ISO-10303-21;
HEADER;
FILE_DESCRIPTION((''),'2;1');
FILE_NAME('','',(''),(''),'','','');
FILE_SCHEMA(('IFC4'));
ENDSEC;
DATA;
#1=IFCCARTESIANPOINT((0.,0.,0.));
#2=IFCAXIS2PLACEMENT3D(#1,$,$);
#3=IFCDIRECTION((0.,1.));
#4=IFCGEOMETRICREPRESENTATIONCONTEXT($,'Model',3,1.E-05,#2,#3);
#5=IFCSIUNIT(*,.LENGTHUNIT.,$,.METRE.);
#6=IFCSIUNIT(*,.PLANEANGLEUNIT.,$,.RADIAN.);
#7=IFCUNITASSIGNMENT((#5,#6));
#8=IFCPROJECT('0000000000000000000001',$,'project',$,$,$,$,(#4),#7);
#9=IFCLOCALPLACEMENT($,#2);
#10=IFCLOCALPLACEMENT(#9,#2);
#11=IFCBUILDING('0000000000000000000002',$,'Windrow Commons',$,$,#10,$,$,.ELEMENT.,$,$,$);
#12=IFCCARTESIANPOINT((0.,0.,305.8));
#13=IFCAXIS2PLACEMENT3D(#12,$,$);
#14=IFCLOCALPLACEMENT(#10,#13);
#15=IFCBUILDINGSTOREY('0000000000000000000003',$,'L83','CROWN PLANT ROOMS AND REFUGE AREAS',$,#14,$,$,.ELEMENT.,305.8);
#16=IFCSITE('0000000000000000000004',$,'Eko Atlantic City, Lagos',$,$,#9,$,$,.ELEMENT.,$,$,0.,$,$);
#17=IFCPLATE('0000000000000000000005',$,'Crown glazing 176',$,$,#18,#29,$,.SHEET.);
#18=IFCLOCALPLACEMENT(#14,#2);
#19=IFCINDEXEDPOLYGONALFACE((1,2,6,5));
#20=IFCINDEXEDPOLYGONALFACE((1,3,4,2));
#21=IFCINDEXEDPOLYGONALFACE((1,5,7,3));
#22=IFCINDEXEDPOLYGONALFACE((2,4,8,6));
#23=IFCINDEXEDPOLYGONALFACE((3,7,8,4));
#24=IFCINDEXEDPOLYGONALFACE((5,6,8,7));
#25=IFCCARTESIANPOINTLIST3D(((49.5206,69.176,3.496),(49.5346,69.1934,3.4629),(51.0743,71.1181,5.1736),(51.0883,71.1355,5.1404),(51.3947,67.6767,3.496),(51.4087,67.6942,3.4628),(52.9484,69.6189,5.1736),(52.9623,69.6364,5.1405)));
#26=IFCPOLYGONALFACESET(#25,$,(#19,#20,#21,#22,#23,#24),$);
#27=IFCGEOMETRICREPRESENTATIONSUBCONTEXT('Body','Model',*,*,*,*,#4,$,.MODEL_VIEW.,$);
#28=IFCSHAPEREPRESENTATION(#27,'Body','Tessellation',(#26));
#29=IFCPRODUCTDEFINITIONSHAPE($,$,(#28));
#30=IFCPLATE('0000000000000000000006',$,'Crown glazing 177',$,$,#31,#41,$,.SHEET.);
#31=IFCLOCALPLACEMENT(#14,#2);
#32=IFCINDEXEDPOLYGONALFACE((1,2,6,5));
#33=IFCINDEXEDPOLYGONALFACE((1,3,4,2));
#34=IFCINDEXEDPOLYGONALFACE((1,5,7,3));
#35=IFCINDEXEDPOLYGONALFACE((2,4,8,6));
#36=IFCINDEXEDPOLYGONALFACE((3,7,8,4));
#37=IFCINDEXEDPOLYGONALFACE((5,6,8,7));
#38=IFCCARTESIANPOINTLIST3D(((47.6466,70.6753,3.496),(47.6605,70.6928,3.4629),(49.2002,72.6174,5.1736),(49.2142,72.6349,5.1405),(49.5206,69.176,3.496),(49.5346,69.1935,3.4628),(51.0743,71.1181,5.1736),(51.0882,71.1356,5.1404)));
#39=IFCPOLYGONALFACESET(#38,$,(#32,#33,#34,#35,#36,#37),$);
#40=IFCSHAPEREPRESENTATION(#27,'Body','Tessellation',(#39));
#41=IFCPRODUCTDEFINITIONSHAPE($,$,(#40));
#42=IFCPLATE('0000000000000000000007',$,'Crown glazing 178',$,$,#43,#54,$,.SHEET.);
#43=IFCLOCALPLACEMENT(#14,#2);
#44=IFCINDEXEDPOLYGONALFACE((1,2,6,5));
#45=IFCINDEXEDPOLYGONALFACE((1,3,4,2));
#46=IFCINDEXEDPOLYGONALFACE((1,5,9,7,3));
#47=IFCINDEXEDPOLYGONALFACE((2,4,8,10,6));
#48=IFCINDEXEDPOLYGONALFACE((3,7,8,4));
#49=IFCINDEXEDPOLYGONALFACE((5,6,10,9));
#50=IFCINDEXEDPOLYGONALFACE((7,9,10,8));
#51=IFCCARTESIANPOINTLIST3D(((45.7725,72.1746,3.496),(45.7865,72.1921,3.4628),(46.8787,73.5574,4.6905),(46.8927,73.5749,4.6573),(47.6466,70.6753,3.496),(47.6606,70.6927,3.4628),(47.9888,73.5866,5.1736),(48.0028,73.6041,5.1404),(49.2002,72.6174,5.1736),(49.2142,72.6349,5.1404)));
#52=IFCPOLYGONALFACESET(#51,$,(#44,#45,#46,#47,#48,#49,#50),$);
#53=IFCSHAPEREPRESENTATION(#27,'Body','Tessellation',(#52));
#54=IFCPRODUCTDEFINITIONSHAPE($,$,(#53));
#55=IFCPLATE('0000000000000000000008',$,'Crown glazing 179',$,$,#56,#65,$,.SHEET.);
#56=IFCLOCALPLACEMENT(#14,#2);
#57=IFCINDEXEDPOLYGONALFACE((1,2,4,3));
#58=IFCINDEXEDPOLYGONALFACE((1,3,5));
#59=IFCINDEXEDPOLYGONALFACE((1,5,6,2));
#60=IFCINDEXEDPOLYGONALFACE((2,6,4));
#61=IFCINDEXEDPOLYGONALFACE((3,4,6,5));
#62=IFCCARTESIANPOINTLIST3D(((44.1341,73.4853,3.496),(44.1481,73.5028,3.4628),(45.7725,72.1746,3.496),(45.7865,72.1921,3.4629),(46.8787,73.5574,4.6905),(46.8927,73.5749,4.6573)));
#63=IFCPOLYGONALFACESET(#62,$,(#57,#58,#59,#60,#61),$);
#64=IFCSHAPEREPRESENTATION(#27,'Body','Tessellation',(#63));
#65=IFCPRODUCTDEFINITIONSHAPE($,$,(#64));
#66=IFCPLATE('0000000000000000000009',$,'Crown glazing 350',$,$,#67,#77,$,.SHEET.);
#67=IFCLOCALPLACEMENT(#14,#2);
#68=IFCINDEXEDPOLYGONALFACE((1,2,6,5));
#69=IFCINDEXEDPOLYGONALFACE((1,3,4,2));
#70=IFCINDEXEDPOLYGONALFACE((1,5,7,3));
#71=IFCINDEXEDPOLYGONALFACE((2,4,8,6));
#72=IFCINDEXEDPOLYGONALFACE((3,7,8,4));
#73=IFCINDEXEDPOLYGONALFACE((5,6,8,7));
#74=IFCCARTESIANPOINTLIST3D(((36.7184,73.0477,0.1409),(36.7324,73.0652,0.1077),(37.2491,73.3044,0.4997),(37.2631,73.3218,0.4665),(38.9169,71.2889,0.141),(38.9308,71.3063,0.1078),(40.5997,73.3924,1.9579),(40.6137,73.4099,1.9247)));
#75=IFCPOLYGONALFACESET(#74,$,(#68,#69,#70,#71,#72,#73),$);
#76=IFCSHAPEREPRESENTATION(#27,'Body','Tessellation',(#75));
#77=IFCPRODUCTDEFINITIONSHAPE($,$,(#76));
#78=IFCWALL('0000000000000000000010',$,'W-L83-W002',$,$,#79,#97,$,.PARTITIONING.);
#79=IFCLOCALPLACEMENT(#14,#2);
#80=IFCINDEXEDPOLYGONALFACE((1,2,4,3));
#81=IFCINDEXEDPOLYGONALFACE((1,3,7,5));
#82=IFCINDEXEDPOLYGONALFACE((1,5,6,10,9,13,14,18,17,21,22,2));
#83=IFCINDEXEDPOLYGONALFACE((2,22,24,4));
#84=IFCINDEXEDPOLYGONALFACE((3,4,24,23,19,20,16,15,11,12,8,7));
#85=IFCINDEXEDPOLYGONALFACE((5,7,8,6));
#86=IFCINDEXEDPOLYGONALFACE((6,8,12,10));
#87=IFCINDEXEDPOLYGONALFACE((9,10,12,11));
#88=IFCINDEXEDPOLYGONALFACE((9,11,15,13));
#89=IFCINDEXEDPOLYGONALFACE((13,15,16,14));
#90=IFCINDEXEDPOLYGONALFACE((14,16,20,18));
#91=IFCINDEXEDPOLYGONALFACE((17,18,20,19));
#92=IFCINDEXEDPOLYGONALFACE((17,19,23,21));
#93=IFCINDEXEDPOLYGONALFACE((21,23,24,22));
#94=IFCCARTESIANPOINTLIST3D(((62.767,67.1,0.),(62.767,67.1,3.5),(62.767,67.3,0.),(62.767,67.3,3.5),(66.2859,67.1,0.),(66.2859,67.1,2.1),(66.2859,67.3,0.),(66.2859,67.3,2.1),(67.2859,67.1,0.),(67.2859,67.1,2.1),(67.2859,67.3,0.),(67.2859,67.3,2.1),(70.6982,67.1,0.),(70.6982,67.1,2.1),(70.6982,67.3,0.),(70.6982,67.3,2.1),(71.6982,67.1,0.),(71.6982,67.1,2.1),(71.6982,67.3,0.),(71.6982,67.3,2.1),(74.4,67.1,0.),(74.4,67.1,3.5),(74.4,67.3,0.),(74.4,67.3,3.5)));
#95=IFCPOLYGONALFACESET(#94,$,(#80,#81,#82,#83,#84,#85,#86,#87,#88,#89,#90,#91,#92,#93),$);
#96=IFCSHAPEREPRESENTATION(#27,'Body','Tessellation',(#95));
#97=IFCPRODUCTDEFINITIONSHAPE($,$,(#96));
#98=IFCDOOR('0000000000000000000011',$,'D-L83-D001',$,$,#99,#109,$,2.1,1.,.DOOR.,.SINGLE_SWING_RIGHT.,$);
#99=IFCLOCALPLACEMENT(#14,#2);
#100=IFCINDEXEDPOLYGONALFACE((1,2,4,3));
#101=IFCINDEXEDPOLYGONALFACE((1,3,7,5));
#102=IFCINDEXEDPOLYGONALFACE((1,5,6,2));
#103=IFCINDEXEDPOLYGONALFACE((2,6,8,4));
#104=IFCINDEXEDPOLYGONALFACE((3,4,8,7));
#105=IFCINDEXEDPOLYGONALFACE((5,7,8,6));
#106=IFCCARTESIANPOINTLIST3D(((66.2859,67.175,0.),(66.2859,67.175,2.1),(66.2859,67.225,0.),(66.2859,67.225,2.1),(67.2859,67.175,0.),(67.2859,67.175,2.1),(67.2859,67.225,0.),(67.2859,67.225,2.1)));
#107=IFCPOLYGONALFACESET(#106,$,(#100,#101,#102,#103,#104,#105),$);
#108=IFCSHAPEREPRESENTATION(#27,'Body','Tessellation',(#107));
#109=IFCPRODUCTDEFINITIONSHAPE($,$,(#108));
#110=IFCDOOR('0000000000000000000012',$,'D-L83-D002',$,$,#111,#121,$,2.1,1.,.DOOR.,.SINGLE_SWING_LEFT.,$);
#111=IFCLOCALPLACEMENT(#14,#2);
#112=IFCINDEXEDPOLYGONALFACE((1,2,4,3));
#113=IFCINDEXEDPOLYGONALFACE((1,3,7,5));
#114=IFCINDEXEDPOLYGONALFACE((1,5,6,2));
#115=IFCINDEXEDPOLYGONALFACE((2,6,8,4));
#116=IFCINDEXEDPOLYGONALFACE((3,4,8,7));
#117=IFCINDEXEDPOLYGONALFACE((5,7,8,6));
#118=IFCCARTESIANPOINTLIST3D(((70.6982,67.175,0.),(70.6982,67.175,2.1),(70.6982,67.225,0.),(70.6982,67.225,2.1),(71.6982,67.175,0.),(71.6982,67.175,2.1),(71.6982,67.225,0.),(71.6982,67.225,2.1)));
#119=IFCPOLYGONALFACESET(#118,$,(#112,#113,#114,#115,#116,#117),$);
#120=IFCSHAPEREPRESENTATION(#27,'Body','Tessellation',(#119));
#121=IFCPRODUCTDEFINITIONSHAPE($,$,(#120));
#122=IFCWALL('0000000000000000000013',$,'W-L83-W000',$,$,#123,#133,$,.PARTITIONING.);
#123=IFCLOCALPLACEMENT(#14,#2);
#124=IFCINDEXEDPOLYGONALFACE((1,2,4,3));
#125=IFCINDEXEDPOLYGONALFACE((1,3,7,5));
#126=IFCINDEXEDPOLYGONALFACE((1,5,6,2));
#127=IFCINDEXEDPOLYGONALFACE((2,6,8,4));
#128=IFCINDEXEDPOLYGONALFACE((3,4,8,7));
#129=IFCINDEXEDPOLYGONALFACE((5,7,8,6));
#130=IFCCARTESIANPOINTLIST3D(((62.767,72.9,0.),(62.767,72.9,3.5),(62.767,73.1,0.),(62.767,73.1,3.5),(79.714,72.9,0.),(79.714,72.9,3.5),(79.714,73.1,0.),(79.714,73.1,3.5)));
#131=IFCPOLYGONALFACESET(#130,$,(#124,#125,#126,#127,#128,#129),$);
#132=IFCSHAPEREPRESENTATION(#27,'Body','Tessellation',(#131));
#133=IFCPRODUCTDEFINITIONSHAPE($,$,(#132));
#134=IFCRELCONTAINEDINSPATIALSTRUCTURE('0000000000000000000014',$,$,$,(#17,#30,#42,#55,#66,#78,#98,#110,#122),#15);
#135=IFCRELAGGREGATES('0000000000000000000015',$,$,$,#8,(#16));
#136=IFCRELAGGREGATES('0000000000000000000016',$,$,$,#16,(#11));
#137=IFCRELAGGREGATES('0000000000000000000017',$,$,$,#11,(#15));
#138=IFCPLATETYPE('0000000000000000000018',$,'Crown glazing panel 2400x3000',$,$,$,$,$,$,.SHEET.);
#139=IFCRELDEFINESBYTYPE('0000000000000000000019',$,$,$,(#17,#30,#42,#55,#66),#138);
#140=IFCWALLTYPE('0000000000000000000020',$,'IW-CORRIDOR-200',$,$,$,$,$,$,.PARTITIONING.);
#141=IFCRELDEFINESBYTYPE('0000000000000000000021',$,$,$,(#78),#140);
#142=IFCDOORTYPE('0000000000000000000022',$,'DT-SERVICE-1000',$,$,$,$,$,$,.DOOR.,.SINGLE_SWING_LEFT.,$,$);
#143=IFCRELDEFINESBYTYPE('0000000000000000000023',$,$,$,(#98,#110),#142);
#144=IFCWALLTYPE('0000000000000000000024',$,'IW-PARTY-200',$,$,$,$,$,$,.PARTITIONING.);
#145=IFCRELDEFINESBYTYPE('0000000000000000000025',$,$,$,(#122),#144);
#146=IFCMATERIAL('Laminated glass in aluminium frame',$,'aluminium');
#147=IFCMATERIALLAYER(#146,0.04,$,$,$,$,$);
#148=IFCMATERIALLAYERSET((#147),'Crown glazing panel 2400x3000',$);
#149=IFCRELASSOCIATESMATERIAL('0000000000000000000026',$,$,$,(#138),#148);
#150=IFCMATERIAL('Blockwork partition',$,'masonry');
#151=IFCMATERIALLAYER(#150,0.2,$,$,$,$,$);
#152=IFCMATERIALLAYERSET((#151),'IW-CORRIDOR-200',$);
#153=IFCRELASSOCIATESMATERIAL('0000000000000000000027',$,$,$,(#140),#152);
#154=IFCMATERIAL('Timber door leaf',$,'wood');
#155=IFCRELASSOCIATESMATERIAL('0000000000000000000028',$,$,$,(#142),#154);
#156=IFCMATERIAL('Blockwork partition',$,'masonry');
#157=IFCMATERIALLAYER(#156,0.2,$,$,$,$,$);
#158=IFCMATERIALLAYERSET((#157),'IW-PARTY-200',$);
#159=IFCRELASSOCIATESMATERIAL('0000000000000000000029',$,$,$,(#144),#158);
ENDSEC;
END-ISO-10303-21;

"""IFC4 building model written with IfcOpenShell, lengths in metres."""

from ifc_helpers import new_model, si_unit, direction, frame, frame_2d, origin, place, context, subcontext, project, spatial, polyline, rectangle, outline, extrude, material, layer, layer_set, type_object, element, fill, save


model = new_model("IFC4")

# Units and contexts
model_context = context("Model", 3, precision=1e-05, world=origin(), true_north=direction((0.0, 1.0)))
body_context = subcontext(model_context, "Body", "Model", "MODEL_VIEW")
ifc_project = project(units=[si_unit("LENGTHUNIT", "METRE"), si_unit("PLANEANGLEUNIT", "RADIAN")], contexts=[model_context])

# Site, building, storey
site_placement = place(None, origin())
site = spatial("IfcSite", under=ifc_project, at=site_placement, Name="Eko Atlantic City, Lagos", CompositionType="ELEMENT", RefElevation=0.0)
building_placement = place(site_placement, origin())
building = spatial("IfcBuilding", under=site, at=building_placement, Name="Windrow Commons", CompositionType="ELEMENT")
storey_placement = place(building_placement, frame((0.0, 0.0, 305.8)))
storey = spatial("IfcBuildingStorey", under=building, at=storey_placement, Name="L83", Description="CROWN PLANT ROOMS AND REFUGE AREAS", CompositionType="ELEMENT", Elevation=305.8)

# Plates
ifc_material_1 = material(Name="Laminated glass in aluminium frame", Category="aluminium")
ifc_layer_1 = layer(ifc_material_1, 0.04)
ifc_layer_set_1 = layer_set([ifc_layer_1], Name="Crown glazing panel 2400x3000")
plate_type = type_object("IfcPlateType", Name="Crown glazing panel 2400x3000", PredefinedType="SHEET", material=ifc_layer_set_1)
plate_1_placement = place(storey_placement, frame((51.3947, 67.6767, 3.496), z_axis=(-0.34932, -0.436659, 0.829038), x_axis=(-0.780868, 0.624696, 0.000008)))
element("IfcPlate", 1, at=plate_1_placement, inside=storey, type_object=plate_type, Name="Crown glazing 176", PredefinedType="SHEET", context=body_context, shape_type="SweptSolid", body=[
    extrude(outline(polyline([(0.0, 0.0), (2.4, 0.0), (2.4, -3.0), (0.0001, -3.0001), (0.0, 0.0)])), origin(), (0.0, 0.0, -1.0), 0.04),
])
plate_2_placement = place(storey_placement, frame((49.5206, 69.176, 3.496), z_axis=(-0.349339, -0.436657, 0.829031), x_axis=(-0.780851, 0.624717, 0.000006)))
element("IfcPlate", 2, at=plate_2_placement, inside=storey, type_object=plate_type, Name="Crown glazing 177", PredefinedType="SHEET", context=body_context, shape_type="SweptSolid", body=[
    extrude(outline(polyline([(0.0, 0.0), (2.4, 0.0), (2.4001, -3.0), (0.0001, -3.0), (0.0, 0.0)])), origin(), (0.0, 0.0, -1.0), 0.04),
])
plate_3_placement = place(storey_placement, frame((47.9888, 73.5866, 5.1736), z_axis=(-0.349333, -0.436664, 0.82903), x_axis=(0.780851, -0.624717, -0.000017)))
element("IfcPlate", 3, at=plate_3_placement, inside=storey, type_object=plate_type, Name="Crown glazing 178", PredefinedType="SHEET", context=body_context, shape_type="SweptSolid", body=[
    extrude(outline(polyline([(0.0, 0.0), (1.5514, 0.0), (1.5516, -3.0), (-0.8485, -3.0), (-0.8486, -0.864), (0.0, 0.0)])), origin(), (0.0, 0.0, -1.0), 0.04),
])
plate_4_placement = place(storey_placement, frame((46.8787, 73.5574, 4.6905), z_axis=(-0.349335, -0.436675, 0.829024), x_axis=(-0.517875, -0.647368, -0.559214)))
element("IfcPlate", 4, at=plate_4_placement, inside=storey, type_object=plate_type, Name="Crown glazing 179", PredefinedType="SHEET", context=body_context, shape_type="SweptSolid", body=[
    extrude(outline(polyline([(0.0, 0.0), (2.136, 0.0), (2.136, -2.0982), (0.0, 0.0)])), origin(), (0.0, 0.0, -1.0), 0.04),
])
plate_5_placement = place(storey_placement, frame((36.7184, 73.0477, 0.1409), z_axis=(-0.349338, -0.436619, 0.829052), x_axis=(0.769, 0.37193, 0.51991)))
element("IfcPlate", 5, at=plate_5_placement, inside=storey, type_object=plate_type, Name="Crown glazing 350", PredefinedType="SHEET", context=body_context, shape_type="SweptSolid", body=[
    extrude(outline(polyline([(0.0, 0.0), (0.6901, 0.0), (4.0576, -1.4215), (1.0365, -2.6177), (0.0, 0.0)])), origin(), (0.0, 0.0, -1.0), 0.04),
])

# Wall, openings, doors
ifc_material_2 = material(Name="Blockwork partition", Category="masonry")
ifc_layer_2 = layer(ifc_material_2, 0.2)
ifc_layer_set_2 = layer_set([ifc_layer_2], Name="IW-CORRIDOR-200")
wall_type_1 = type_object("IfcWallType", Name="IW-CORRIDOR-200", PredefinedType="PARTITIONING", material=ifc_layer_set_2)
wall_1_placement = place(storey_placement, frame((62.767, 67.2, 0.0), z_axis=(0.0, 0.0, 1.0), x_axis=(1.0, 0.0, 0.0)))
wall_1 = element("IfcWall", 6, at=wall_1_placement, inside=storey, type_object=wall_type_1, Name="W-L83-W002", PredefinedType="PARTITIONING", context=body_context, shape_type="SweptSolid", body=[
    extrude(rectangle(XDim=11.633, YDim=0.2, at=frame_2d((5.8165, 0.0))), origin(), (0.0, 0.0, 1.0), 3.5),
])
opening_1_placement = place(wall_1_placement, frame((3.5189, 0.0, 0.0)))
opening_1 = element("IfcOpeningElement", 7, at=opening_1_placement, cuts=wall_1, PredefinedType="OPENING", context=body_context, shape_type="SweptSolid", body=[
    extrude(rectangle(XDim=1.0, YDim=2.1, at=frame_2d((0.5, 1.05))), frame((0.0, 0.11, 0.0), z_axis=(0.0, -1.0, 0.0), x_axis=(1.0, 0.0, 0.0)), (0.0, 0.0, 1.0), 0.22),
])
opening_2_placement = place(wall_1_placement, frame((7.9312, 0.0, 0.0)))
opening_2 = element("IfcOpeningElement", 8, at=opening_2_placement, cuts=wall_1, PredefinedType="OPENING", context=body_context, shape_type="SweptSolid", body=[
    extrude(rectangle(XDim=1.0, YDim=2.1, at=frame_2d((0.5, 1.05))), frame((0.0, 0.11, 0.0), z_axis=(0.0, -1.0, 0.0), x_axis=(1.0, 0.0, 0.0)), (0.0, 0.0, 1.0), 0.22),
])
ifc_material_3 = material(Name="Timber door leaf", Category="wood")
door_type = type_object("IfcDoorType", Name="DT-SERVICE-1000", OperationType="SINGLE_SWING_LEFT", PredefinedType="DOOR", material=ifc_material_3)
door_1_placement = place(opening_1_placement, origin())
door_1 = element("IfcDoor", 9, at=door_1_placement, inside=storey, type_object=door_type, Name="D-L83-D001", OperationType="SINGLE_SWING_RIGHT", OverallHeight=2.1, OverallWidth=1.0, PredefinedType="DOOR", context=body_context, shape_type="SweptSolid", body=[
    extrude(rectangle(XDim=1.0, YDim=2.1, at=frame_2d((0.5, 1.05))), frame((0.0, 0.025, 0.0), z_axis=(0.0, -1.0, 0.0), x_axis=(1.0, 0.0, 0.0)), (0.0, 0.0, 1.0), 0.05),
])
fill(opening_1, door_1)
door_2_placement = place(opening_2_placement, origin())
door_2 = element("IfcDoor", 10, at=door_2_placement, inside=storey, type_object=door_type, Name="D-L83-D002", OperationType="SINGLE_SWING_LEFT", OverallHeight=2.1, OverallWidth=1.0, PredefinedType="DOOR", context=body_context, shape_type="SweptSolid", body=[
    extrude(rectangle(XDim=1.0, YDim=2.1, at=frame_2d((0.5, 1.05))), frame((0.0, 0.025, 0.0), z_axis=(0.0, -1.0, 0.0), x_axis=(1.0, 0.0, 0.0)), (0.0, 0.0, 1.0), 0.05),
])
fill(opening_2, door_2)

# Wall
ifc_material_4 = material(Name="Blockwork partition", Category="masonry")
ifc_layer_3 = layer(ifc_material_4, 0.2)
ifc_layer_set_3 = layer_set([ifc_layer_3], Name="IW-PARTY-200")
wall_type_2 = type_object("IfcWallType", Name="IW-PARTY-200", PredefinedType="PARTITIONING", material=ifc_layer_set_3)
wall_2_placement = place(storey_placement, frame((62.767, 73.0, 0.0), z_axis=(0.0, 0.0, 1.0), x_axis=(1.0, 0.0, 0.0)))
element("IfcWall", 11, at=wall_2_placement, inside=storey, type_object=wall_type_2, Name="W-L83-W000", PredefinedType="PARTITIONING", context=body_context, shape_type="SweptSolid", body=[
    extrude(rectangle(XDim=16.947, YDim=0.2, at=frame_2d((8.4735, 0.0))), origin(), (0.0, 0.0, 1.0), 3.5),
])

save(model, "model.ifc")
